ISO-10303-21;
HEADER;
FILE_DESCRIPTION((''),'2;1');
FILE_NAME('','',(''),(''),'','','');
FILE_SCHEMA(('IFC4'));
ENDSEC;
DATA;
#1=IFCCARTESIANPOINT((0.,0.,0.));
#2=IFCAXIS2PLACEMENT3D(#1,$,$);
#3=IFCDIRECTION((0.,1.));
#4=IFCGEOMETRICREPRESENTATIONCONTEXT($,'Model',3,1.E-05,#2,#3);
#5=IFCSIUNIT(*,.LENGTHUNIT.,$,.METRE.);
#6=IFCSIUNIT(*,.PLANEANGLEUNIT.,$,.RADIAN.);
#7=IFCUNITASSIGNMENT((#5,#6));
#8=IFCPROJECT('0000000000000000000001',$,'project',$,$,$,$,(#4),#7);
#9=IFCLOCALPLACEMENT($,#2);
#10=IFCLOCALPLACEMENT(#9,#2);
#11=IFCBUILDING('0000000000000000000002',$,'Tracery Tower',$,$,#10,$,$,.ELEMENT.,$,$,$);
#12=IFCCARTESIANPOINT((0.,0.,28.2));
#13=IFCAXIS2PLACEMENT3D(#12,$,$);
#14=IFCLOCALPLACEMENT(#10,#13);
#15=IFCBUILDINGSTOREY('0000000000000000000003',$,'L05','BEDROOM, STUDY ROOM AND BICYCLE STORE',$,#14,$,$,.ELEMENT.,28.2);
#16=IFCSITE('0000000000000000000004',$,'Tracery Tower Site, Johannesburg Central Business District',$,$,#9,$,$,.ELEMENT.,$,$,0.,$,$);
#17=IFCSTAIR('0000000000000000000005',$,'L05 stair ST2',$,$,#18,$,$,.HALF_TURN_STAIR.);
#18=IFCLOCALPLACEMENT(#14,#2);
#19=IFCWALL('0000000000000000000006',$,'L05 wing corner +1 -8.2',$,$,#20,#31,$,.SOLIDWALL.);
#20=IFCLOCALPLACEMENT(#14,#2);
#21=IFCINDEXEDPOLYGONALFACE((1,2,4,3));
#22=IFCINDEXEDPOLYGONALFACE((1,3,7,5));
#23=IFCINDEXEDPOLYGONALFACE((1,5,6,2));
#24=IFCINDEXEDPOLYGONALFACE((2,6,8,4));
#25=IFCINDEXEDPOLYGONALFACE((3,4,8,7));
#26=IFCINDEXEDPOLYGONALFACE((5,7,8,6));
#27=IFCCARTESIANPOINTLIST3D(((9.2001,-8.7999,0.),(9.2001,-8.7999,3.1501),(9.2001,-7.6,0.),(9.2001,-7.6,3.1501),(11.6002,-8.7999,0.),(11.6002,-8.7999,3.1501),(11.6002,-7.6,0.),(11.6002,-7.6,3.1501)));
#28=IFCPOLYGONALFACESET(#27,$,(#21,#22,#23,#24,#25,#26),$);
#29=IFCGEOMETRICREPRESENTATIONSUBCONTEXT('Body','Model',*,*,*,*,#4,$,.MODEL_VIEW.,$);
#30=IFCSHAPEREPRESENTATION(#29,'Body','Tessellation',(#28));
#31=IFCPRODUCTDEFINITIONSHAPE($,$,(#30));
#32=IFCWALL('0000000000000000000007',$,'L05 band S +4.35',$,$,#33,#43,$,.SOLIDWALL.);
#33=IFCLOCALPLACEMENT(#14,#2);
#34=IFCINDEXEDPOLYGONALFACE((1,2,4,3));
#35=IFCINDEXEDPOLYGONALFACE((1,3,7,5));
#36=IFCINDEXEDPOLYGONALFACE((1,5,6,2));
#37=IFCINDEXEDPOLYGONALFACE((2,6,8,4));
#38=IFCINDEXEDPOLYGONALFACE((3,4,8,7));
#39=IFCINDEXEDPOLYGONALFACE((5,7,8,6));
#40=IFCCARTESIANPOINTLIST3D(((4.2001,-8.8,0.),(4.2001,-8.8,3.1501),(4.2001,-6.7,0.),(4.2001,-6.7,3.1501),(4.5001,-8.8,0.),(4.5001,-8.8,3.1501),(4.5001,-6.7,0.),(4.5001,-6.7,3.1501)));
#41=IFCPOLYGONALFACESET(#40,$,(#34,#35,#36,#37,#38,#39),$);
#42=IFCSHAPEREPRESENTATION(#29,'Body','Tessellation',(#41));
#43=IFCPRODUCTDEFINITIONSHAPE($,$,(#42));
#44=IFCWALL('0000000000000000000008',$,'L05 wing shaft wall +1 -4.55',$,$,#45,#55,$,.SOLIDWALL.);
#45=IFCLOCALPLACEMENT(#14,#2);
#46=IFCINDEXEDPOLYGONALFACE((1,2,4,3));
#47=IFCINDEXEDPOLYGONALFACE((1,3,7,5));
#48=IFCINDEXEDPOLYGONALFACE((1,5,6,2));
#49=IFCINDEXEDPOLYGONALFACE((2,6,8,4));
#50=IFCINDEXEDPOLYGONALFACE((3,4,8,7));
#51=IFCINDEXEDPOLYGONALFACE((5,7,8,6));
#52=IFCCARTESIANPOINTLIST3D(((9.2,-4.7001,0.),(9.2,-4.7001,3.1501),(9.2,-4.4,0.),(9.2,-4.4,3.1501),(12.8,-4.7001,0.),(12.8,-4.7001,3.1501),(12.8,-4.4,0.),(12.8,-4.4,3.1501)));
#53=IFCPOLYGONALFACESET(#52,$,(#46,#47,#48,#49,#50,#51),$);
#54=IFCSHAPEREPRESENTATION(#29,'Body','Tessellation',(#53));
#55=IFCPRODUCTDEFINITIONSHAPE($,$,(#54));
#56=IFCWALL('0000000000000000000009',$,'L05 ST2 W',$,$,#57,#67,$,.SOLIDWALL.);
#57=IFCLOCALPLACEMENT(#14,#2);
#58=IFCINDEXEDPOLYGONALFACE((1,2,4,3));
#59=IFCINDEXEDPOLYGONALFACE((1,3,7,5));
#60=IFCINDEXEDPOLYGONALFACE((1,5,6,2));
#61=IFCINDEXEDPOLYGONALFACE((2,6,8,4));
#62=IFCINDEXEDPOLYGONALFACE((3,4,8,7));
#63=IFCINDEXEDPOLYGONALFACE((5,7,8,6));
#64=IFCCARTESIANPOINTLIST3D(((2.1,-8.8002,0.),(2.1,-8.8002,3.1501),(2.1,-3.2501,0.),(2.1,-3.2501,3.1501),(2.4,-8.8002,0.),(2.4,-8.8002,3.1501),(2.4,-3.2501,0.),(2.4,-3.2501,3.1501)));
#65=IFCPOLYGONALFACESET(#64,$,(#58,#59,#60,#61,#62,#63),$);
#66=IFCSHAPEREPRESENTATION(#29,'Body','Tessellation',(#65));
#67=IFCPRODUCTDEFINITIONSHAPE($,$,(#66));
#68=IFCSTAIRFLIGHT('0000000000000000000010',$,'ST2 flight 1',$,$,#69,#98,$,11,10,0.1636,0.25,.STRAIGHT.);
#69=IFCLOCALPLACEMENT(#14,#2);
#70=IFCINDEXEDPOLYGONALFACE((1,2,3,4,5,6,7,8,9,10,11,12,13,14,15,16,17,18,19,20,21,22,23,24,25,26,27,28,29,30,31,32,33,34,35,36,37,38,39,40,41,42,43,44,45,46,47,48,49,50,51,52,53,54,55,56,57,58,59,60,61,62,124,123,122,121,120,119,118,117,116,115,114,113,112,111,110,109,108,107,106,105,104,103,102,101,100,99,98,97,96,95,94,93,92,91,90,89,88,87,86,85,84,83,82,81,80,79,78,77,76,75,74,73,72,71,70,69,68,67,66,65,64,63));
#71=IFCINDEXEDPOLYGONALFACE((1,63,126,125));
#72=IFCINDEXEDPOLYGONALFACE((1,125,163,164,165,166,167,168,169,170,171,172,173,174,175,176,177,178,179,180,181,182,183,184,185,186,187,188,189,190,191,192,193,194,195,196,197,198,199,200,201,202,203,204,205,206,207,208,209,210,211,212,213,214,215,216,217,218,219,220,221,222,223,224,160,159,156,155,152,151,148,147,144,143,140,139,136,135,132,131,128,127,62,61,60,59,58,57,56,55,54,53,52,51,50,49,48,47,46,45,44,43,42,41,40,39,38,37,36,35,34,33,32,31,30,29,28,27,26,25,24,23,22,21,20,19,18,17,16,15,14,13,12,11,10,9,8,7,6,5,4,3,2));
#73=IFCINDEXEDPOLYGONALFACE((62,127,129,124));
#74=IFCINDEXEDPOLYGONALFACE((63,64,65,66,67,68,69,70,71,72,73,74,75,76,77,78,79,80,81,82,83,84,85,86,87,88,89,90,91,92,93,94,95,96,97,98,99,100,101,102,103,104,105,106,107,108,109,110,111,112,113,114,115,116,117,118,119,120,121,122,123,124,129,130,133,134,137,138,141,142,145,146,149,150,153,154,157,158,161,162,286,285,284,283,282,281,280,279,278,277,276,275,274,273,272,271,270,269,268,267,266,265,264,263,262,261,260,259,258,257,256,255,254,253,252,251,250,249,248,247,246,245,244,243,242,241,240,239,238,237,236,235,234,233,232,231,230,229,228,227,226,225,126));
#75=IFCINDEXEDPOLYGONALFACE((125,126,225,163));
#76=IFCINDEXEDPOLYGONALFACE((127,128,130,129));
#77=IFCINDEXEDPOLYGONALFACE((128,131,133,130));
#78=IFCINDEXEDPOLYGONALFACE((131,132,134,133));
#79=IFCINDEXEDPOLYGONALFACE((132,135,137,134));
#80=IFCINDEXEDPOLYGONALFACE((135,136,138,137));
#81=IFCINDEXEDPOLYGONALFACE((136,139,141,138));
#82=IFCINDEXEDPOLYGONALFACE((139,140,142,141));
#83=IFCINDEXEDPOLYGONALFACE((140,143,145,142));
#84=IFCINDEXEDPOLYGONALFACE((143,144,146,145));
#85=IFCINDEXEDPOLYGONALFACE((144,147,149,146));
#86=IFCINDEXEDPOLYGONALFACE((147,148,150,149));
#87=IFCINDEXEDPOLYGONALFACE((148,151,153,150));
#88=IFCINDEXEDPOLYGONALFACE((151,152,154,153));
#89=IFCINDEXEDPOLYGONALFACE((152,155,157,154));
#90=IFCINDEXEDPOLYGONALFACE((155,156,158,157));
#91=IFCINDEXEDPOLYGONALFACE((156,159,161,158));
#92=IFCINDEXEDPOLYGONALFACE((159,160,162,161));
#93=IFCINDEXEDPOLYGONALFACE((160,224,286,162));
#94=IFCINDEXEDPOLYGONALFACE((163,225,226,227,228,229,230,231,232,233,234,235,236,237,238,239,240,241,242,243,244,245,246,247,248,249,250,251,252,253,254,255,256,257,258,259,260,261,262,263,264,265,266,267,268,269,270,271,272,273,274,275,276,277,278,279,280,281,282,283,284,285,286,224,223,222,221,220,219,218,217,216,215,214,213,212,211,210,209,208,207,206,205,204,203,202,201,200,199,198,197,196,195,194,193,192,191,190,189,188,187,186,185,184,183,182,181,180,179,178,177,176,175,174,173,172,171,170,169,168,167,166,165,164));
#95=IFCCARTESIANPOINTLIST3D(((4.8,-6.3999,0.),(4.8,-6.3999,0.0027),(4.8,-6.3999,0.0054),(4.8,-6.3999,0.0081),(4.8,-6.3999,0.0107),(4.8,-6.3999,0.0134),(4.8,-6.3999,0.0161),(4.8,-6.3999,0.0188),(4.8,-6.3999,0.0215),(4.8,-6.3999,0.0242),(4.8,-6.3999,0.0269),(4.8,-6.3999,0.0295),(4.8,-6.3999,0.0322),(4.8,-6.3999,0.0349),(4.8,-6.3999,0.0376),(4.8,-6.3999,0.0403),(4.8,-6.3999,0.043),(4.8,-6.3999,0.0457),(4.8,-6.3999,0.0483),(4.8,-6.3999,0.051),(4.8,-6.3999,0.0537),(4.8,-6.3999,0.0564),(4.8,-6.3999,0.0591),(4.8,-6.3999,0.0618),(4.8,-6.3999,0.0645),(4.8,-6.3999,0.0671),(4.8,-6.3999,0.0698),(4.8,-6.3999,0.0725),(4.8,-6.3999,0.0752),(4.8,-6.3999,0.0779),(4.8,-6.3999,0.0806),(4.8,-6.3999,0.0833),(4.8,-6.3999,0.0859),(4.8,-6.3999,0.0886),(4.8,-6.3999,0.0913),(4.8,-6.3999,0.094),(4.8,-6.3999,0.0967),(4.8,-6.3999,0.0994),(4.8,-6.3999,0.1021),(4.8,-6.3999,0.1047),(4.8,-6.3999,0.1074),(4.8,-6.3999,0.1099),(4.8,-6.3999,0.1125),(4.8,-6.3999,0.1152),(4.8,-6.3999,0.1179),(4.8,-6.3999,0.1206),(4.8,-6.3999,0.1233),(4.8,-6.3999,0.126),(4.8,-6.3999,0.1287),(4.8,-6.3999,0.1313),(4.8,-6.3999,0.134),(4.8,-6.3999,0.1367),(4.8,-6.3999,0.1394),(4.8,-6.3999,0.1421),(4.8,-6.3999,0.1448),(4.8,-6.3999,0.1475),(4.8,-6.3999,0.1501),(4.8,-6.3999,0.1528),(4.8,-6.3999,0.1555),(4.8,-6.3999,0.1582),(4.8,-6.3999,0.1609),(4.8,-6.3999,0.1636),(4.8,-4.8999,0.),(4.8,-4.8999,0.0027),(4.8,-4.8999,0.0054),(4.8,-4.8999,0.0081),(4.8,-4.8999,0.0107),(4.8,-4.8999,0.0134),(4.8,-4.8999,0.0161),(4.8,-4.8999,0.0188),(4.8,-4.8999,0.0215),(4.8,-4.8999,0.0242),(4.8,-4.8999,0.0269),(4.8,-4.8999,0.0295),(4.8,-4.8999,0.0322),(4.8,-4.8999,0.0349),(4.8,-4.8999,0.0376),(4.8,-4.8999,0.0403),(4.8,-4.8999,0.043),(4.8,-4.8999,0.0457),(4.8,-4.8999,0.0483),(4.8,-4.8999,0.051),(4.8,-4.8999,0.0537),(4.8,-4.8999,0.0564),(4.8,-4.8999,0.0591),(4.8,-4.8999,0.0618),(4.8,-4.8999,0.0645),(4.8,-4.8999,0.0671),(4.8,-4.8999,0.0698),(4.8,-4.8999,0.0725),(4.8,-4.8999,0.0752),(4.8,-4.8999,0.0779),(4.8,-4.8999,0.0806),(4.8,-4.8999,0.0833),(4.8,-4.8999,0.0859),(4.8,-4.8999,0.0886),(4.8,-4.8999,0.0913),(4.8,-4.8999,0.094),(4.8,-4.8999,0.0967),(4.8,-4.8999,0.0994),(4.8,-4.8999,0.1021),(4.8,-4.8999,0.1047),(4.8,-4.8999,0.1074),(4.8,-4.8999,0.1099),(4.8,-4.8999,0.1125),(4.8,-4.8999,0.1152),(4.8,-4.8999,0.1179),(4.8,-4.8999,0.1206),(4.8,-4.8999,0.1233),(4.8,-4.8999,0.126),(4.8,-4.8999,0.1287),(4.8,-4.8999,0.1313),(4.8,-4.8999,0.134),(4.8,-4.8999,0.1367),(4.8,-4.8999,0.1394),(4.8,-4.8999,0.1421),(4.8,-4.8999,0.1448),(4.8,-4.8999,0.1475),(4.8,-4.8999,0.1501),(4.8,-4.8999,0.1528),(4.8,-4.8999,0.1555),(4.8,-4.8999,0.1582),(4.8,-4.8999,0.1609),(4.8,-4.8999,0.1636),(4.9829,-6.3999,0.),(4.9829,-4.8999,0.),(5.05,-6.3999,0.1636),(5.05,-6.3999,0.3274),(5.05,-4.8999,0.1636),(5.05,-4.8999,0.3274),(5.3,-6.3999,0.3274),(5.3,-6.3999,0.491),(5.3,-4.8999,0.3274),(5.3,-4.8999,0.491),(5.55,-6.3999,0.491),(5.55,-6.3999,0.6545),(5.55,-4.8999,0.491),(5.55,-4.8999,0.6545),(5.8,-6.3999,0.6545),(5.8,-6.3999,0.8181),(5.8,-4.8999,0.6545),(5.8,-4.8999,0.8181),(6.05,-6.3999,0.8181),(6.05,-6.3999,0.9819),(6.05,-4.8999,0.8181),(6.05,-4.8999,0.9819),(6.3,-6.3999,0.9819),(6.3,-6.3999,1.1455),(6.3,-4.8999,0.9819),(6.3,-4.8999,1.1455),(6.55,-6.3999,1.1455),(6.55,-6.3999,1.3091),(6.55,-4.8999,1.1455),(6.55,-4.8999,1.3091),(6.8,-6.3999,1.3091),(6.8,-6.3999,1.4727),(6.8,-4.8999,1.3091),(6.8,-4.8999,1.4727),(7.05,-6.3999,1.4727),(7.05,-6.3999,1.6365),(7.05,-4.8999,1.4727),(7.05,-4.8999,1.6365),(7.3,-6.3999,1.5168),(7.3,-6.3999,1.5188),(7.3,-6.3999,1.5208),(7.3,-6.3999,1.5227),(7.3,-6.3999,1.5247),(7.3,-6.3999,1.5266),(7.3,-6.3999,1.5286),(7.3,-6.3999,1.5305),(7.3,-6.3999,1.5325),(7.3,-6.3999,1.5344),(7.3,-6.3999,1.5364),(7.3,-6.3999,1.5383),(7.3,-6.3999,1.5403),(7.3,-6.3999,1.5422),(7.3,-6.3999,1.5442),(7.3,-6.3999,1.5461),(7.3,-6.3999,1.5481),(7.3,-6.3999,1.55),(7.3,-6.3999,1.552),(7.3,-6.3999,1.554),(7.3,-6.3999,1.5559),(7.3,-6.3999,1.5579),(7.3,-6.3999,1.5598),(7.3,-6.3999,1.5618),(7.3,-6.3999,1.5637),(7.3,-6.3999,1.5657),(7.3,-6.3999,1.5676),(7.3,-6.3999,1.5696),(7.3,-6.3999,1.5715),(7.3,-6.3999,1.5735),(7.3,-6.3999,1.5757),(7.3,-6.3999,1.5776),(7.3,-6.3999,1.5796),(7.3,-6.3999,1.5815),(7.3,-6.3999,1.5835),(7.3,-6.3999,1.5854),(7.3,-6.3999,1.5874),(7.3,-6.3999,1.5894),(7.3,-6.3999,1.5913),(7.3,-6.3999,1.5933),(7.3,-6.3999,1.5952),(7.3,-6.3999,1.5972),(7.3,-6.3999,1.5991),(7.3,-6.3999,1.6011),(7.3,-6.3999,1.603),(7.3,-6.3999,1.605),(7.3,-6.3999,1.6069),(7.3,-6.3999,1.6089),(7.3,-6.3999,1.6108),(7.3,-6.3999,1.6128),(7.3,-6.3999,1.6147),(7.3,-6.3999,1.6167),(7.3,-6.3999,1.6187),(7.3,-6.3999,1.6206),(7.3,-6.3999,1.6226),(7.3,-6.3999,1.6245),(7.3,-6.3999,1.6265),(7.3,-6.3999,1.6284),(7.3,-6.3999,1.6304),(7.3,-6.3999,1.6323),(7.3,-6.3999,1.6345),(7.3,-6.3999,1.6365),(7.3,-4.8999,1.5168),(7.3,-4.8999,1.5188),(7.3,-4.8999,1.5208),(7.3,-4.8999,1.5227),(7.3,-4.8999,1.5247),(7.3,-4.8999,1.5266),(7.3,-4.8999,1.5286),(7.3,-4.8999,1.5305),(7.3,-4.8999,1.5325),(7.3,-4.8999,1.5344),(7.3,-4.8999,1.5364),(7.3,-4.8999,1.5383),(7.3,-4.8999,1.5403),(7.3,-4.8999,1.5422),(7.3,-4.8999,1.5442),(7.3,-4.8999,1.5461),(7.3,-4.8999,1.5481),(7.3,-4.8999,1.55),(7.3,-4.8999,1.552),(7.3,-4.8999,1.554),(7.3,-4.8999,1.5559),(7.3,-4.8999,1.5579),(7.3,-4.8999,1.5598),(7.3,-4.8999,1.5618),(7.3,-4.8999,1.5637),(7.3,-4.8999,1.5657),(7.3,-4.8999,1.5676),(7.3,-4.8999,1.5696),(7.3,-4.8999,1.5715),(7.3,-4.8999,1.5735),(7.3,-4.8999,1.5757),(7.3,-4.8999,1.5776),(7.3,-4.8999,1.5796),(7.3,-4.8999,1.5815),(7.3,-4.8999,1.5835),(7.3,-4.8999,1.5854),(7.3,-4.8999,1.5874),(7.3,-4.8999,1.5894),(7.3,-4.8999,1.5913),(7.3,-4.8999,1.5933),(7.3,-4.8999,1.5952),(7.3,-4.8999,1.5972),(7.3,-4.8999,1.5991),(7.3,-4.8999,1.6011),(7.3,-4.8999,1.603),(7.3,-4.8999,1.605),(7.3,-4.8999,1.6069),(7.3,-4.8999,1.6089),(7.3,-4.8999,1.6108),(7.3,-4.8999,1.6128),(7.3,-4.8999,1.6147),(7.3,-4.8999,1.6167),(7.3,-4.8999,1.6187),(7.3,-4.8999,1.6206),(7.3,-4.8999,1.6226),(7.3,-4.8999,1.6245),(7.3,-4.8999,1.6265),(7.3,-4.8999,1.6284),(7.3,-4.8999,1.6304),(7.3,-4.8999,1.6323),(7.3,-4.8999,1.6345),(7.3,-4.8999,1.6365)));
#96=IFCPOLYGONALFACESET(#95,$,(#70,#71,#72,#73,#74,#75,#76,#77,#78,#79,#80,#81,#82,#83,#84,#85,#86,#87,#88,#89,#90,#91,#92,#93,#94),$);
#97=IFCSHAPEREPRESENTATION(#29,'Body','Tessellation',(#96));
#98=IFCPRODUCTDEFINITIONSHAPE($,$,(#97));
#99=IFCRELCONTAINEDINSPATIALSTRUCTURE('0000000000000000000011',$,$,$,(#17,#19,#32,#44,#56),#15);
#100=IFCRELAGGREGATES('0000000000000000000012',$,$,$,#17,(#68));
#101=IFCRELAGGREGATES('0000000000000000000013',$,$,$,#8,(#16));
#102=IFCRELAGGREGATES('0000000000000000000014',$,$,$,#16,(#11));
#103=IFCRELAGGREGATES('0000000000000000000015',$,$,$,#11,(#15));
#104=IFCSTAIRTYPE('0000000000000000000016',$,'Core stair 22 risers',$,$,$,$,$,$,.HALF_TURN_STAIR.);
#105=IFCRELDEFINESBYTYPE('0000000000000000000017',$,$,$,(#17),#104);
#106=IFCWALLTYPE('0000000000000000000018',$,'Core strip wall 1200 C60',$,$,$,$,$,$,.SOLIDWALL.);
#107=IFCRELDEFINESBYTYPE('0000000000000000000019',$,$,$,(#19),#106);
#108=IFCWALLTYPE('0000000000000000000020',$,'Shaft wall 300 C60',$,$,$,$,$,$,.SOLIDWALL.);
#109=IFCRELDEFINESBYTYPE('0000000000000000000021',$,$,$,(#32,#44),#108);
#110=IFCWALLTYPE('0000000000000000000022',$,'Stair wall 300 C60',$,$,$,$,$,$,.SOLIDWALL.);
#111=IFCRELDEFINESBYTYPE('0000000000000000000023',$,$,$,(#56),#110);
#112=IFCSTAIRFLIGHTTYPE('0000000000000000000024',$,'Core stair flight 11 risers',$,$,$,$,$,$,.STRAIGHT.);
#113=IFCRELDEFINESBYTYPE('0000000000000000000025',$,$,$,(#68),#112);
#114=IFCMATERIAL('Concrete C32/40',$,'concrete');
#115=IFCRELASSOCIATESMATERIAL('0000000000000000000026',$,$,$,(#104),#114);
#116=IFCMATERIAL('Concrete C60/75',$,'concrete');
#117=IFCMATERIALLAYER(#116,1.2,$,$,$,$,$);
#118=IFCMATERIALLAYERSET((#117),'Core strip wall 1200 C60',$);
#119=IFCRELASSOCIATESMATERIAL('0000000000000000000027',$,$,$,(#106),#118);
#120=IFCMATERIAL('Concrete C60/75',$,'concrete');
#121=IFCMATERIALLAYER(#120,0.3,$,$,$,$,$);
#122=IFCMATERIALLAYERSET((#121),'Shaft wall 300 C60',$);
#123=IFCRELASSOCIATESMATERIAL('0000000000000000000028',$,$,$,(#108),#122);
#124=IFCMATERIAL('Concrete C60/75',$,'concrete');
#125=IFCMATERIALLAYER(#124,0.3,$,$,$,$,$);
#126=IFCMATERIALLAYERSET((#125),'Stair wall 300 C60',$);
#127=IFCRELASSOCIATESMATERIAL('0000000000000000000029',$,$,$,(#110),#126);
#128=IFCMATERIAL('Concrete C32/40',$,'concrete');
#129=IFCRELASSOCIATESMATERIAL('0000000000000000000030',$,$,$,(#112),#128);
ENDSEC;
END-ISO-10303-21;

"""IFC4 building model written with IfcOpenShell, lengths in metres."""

from ifc_helpers import new_model, si_unit, direction, frame, frame_2d, origin, place, context, subcontext, project, spatial, polyline, rectangle, outline, extrude, material, layer, layer_set, type_object, element, aggregate, save


model = new_model("IFC4")

# Units and contexts
model_context = context("Model", 3, precision=1e-05, world=origin(), true_north=direction((0.0, 1.0)))
body_context = subcontext(model_context, "Body", "Model", "MODEL_VIEW")
ifc_project = project(units=[si_unit("LENGTHUNIT", "METRE"), si_unit("PLANEANGLEUNIT", "RADIAN")], contexts=[model_context])

# Site, building, storey
site_placement = place(None, origin())
site = spatial("IfcSite", under=ifc_project, at=site_placement, Name="Tracery Tower Site, Johannesburg Central Business District", CompositionType="ELEMENT", RefElevation=0.0)
building_placement = place(site_placement, origin())
building = spatial("IfcBuilding", under=site, at=building_placement, Name="Tracery Tower", CompositionType="ELEMENT")
storey_placement = place(building_placement, frame((0.0, 0.0, 28.2)))
storey = spatial("IfcBuildingStorey", under=building, at=storey_placement, Name="L05", Description="BEDROOM, STUDY ROOM AND BICYCLE STORE", CompositionType="ELEMENT", Elevation=28.2)

# Stair
ifc_material_1 = material(Name="Concrete C32/40", Category="concrete")
stair_type = type_object("IfcStairType", Name="Core stair 22 risers", PredefinedType="HALF_TURN_STAIR", material=ifc_material_1)
stair_1_placement = place(storey_placement, origin())
stair_1 = element("IfcStair", 1, at=stair_1_placement, inside=storey, type_object=stair_type, Name="L05 stair ST2", PredefinedType="HALF_TURN_STAIR")

# Walls
ifc_material_2 = material(Name="Concrete C60/75", Category="concrete")
ifc_layer_1 = layer(ifc_material_2, 1.2)
ifc_layer_set_1 = layer_set([ifc_layer_1], Name="Core strip wall 1200 C60")
wall_type_1 = type_object("IfcWallType", Name="Core strip wall 1200 C60", PredefinedType="SOLIDWALL", material=ifc_layer_set_1)
wall_1_placement = place(storey_placement, frame((9.2, -8.2, 0.0), z_axis=(0.0, 0.0, 1.0), x_axis=(1.0, 0.0, 0.0)))
element("IfcWall", 2, at=wall_1_placement, inside=storey, type_object=wall_type_1, Name="L05 wing corner +1 -8.2", PredefinedType="SOLIDWALL", context=body_context, shape_type="SweptSolid", body=[
    extrude(rectangle(XDim=2.4001, YDim=1.2, at=frame_2d((1.2002, 0.0))), origin(), (0.0, 0.0, 1.0), 3.1501),
])
ifc_material_3 = material(Name="Concrete C60/75", Category="concrete")
ifc_layer_2 = layer(ifc_material_3, 0.3)
ifc_layer_set_2 = layer_set([ifc_layer_2], Name="Shaft wall 300 C60")
wall_type_2 = type_object("IfcWallType", Name="Shaft wall 300 C60", PredefinedType="SOLIDWALL", material=ifc_layer_set_2)
wall_2_placement = place(storey_placement, frame((4.3501, -8.8, 0.0), z_axis=(0.0, 0.0, 1.0), x_axis=(0.0, 1.0, 0.0)))
element("IfcWall", 3, at=wall_2_placement, inside=storey, type_object=wall_type_2, Name="L05 band S +4.35", PredefinedType="SOLIDWALL", context=body_context, shape_type="SweptSolid", body=[
    extrude(rectangle(XDim=2.1001, YDim=0.3, at=frame_2d((1.05, 0.0))), origin(), (0.0, 0.0, 1.0), 3.1501),
])
wall_3_placement = place(storey_placement, frame((9.2, -4.55, 0.0), z_axis=(0.0, 0.0, 1.0), x_axis=(1.0, 0.0, 0.0)))
element("IfcWall", 4, at=wall_3_placement, inside=storey, type_object=wall_type_2, Name="L05 wing shaft wall +1 -4.55", PredefinedType="SOLIDWALL", context=body_context, shape_type="SweptSolid", body=[
    extrude(rectangle(XDim=3.6001, YDim=0.3, at=frame_2d((1.8, 0.0))), origin(), (0.0, 0.0, 1.0), 3.1501),
])

# Shared definitions
ifc_material_4 = material(Name="Concrete C60/75", Category="concrete")
ifc_layer_3 = layer(ifc_material_4, 0.3)
ifc_layer_set_3 = layer_set([ifc_layer_3], Name="Stair wall 300 C60")
wall_type_3 = type_object("IfcWallType", Name="Stair wall 300 C60", PredefinedType="SOLIDWALL", material=ifc_layer_set_3)

# Wall
wall_4_placement = place(storey_placement, frame((2.25, -8.8, 0.0), z_axis=(0.0, 0.0, 1.0), x_axis=(0.0, 1.0, 0.0)))
element("IfcWall", 5, at=wall_4_placement, inside=storey, type_object=wall_type_3, Name="L05 ST2 W", PredefinedType="SOLIDWALL", context=body_context, shape_type="SweptSolid", body=[
    extrude(rectangle(XDim=5.55, YDim=0.3, at=frame_2d((2.7749, 0.0))), origin(), (0.0, 0.0, 1.0), 3.1501),
])

# Stair flight
ifc_material_5 = material(Name="Concrete C32/40", Category="concrete")
stair_flight_type = type_object("IfcStairFlightType", Name="Core stair flight 11 risers", PredefinedType="STRAIGHT", material=ifc_material_5)
stair_flight_1_placement = place(storey_placement, frame((4.8, -5.6499, 0.0), z_axis=(0.0, 0.0, 1.0), x_axis=(1.0, 0.0, 0.0)))
stair_flight_1 = element("IfcStairFlight", 6, at=stair_flight_1_placement, type_object=stair_flight_type, Name="ST2 flight 1", NumberOfRisers=11, NumberOfTreads=10, PredefinedType="STRAIGHT", RiserHeight=0.1636, TreadLength=0.25, context=body_context, shape_type="SweptSolid", body=[
    extrude(outline(polyline([(0.0, 0.0), (0.0, 0.0027), (0.0, 0.0054), (0.0, 0.0081), (0.0, 0.0107), (0.0, 0.0134), (0.0, 0.0161), (0.0, 0.0188), (0.0, 0.0215), (0.0, 0.0242), (0.0, 0.0269), (0.0, 0.0295), (0.0, 0.0322), (0.0, 0.0349), (0.0, 0.0376), (0.0, 0.0403), (0.0, 0.043), (0.0, 0.0457), (0.0, 0.0483), (0.0, 0.051), (0.0, 0.0537), (0.0, 0.0564), (0.0, 0.0591), (0.0, 0.0618), (0.0, 0.0645), (0.0, 0.0671), (0.0, 0.0698), (0.0, 0.0725), (0.0, 0.0752), (0.0, 0.0779), (0.0, 0.0806), (0.0, 0.0833), (0.0, 0.0859), (0.0, 0.0886), (0.0, 0.0913), (0.0, 0.094), (0.0, 0.0967), (0.0, 0.0994), (0.0, 0.1021), (0.0, 0.1047), (0.0, 0.1074), (0.0, 0.1099), (0.0, 0.1125), (0.0, 0.1152), (0.0, 0.1179), (0.0, 0.1206), (0.0, 0.1233), (0.0, 0.126), (0.0, 0.1287), (0.0, 0.1313), (0.0, 0.134), (0.0, 0.1367), (0.0, 0.1394), (0.0, 0.1421), (0.0, 0.1448), (0.0, 0.1475), (0.0, 0.1501), (0.0, 0.1528), (0.0, 0.1555), (0.0, 0.1582), (0.0, 0.1609), (0.0, 0.1636), (0.25, 0.1636), (0.25, 0.3274), (0.5, 0.3274), (0.5, 0.491), (0.75, 0.491), (0.75, 0.6545), (1.0, 0.6545), (1.0, 0.8181), (1.25, 0.8181), (1.25, 0.9819), (1.5, 0.9819), (1.5, 1.1455), (1.75, 1.1455), (1.75, 1.3091), (2.0, 1.3091), (2.0, 1.4727), (2.25, 1.4727), (2.25, 1.6365), (2.5, 1.6365), (2.5, 1.6345), (2.5, 1.6323), (2.5, 1.6304), (2.5, 1.6284), (2.5, 1.6265), (2.5, 1.6245), (2.5, 1.6226), (2.5, 1.6206), (2.5, 1.6187), (2.5, 1.6167), (2.5, 1.6147), (2.5, 1.6128), (2.5, 1.6108), (2.5, 1.6089), (2.5, 1.6069), (2.5, 1.605), (2.5, 1.603), (2.5, 1.6011), (2.5, 1.5991), (2.5, 1.5972), (2.5, 1.5952), (2.5, 1.5933), (2.5, 1.5913), (2.5, 1.5894), (2.5, 1.5874), (2.5, 1.5854), (2.5, 1.5835), (2.5, 1.5815), (2.5, 1.5796), (2.5, 1.5776), (2.5, 1.5757), (2.5, 1.5735), (2.5, 1.5715), (2.5, 1.5696), (2.5, 1.5676), (2.5, 1.5657), (2.5, 1.5637), (2.5, 1.5618), (2.5, 1.5598), (2.5, 1.5579), (2.5, 1.5559), (2.5, 1.554), (2.5, 1.552), (2.5, 1.55), (2.5, 1.5481), (2.5, 1.5461), (2.5, 1.5442), (2.5, 1.5422), (2.5, 1.5403), (2.5, 1.5383), (2.5, 1.5364), (2.5, 1.5344), (2.5, 1.5325), (2.5, 1.5305), (2.5, 1.5286), (2.5, 1.5266), (2.5, 1.5247), (2.5, 1.5227), (2.5, 1.5208), (2.5, 1.5188), (2.5, 1.5168), (0.1829, 0.0), (0.0, 0.0)])), frame((0.0, 0.75, 0.0), z_axis=(0.0, -1.0, 0.0), x_axis=(1.0, 0.0, 0.0)), (0.0, 0.0, 1.0), 1.5),
])
aggregate(stair_1, [stair_flight_1])

save(model, "model.ifc")
